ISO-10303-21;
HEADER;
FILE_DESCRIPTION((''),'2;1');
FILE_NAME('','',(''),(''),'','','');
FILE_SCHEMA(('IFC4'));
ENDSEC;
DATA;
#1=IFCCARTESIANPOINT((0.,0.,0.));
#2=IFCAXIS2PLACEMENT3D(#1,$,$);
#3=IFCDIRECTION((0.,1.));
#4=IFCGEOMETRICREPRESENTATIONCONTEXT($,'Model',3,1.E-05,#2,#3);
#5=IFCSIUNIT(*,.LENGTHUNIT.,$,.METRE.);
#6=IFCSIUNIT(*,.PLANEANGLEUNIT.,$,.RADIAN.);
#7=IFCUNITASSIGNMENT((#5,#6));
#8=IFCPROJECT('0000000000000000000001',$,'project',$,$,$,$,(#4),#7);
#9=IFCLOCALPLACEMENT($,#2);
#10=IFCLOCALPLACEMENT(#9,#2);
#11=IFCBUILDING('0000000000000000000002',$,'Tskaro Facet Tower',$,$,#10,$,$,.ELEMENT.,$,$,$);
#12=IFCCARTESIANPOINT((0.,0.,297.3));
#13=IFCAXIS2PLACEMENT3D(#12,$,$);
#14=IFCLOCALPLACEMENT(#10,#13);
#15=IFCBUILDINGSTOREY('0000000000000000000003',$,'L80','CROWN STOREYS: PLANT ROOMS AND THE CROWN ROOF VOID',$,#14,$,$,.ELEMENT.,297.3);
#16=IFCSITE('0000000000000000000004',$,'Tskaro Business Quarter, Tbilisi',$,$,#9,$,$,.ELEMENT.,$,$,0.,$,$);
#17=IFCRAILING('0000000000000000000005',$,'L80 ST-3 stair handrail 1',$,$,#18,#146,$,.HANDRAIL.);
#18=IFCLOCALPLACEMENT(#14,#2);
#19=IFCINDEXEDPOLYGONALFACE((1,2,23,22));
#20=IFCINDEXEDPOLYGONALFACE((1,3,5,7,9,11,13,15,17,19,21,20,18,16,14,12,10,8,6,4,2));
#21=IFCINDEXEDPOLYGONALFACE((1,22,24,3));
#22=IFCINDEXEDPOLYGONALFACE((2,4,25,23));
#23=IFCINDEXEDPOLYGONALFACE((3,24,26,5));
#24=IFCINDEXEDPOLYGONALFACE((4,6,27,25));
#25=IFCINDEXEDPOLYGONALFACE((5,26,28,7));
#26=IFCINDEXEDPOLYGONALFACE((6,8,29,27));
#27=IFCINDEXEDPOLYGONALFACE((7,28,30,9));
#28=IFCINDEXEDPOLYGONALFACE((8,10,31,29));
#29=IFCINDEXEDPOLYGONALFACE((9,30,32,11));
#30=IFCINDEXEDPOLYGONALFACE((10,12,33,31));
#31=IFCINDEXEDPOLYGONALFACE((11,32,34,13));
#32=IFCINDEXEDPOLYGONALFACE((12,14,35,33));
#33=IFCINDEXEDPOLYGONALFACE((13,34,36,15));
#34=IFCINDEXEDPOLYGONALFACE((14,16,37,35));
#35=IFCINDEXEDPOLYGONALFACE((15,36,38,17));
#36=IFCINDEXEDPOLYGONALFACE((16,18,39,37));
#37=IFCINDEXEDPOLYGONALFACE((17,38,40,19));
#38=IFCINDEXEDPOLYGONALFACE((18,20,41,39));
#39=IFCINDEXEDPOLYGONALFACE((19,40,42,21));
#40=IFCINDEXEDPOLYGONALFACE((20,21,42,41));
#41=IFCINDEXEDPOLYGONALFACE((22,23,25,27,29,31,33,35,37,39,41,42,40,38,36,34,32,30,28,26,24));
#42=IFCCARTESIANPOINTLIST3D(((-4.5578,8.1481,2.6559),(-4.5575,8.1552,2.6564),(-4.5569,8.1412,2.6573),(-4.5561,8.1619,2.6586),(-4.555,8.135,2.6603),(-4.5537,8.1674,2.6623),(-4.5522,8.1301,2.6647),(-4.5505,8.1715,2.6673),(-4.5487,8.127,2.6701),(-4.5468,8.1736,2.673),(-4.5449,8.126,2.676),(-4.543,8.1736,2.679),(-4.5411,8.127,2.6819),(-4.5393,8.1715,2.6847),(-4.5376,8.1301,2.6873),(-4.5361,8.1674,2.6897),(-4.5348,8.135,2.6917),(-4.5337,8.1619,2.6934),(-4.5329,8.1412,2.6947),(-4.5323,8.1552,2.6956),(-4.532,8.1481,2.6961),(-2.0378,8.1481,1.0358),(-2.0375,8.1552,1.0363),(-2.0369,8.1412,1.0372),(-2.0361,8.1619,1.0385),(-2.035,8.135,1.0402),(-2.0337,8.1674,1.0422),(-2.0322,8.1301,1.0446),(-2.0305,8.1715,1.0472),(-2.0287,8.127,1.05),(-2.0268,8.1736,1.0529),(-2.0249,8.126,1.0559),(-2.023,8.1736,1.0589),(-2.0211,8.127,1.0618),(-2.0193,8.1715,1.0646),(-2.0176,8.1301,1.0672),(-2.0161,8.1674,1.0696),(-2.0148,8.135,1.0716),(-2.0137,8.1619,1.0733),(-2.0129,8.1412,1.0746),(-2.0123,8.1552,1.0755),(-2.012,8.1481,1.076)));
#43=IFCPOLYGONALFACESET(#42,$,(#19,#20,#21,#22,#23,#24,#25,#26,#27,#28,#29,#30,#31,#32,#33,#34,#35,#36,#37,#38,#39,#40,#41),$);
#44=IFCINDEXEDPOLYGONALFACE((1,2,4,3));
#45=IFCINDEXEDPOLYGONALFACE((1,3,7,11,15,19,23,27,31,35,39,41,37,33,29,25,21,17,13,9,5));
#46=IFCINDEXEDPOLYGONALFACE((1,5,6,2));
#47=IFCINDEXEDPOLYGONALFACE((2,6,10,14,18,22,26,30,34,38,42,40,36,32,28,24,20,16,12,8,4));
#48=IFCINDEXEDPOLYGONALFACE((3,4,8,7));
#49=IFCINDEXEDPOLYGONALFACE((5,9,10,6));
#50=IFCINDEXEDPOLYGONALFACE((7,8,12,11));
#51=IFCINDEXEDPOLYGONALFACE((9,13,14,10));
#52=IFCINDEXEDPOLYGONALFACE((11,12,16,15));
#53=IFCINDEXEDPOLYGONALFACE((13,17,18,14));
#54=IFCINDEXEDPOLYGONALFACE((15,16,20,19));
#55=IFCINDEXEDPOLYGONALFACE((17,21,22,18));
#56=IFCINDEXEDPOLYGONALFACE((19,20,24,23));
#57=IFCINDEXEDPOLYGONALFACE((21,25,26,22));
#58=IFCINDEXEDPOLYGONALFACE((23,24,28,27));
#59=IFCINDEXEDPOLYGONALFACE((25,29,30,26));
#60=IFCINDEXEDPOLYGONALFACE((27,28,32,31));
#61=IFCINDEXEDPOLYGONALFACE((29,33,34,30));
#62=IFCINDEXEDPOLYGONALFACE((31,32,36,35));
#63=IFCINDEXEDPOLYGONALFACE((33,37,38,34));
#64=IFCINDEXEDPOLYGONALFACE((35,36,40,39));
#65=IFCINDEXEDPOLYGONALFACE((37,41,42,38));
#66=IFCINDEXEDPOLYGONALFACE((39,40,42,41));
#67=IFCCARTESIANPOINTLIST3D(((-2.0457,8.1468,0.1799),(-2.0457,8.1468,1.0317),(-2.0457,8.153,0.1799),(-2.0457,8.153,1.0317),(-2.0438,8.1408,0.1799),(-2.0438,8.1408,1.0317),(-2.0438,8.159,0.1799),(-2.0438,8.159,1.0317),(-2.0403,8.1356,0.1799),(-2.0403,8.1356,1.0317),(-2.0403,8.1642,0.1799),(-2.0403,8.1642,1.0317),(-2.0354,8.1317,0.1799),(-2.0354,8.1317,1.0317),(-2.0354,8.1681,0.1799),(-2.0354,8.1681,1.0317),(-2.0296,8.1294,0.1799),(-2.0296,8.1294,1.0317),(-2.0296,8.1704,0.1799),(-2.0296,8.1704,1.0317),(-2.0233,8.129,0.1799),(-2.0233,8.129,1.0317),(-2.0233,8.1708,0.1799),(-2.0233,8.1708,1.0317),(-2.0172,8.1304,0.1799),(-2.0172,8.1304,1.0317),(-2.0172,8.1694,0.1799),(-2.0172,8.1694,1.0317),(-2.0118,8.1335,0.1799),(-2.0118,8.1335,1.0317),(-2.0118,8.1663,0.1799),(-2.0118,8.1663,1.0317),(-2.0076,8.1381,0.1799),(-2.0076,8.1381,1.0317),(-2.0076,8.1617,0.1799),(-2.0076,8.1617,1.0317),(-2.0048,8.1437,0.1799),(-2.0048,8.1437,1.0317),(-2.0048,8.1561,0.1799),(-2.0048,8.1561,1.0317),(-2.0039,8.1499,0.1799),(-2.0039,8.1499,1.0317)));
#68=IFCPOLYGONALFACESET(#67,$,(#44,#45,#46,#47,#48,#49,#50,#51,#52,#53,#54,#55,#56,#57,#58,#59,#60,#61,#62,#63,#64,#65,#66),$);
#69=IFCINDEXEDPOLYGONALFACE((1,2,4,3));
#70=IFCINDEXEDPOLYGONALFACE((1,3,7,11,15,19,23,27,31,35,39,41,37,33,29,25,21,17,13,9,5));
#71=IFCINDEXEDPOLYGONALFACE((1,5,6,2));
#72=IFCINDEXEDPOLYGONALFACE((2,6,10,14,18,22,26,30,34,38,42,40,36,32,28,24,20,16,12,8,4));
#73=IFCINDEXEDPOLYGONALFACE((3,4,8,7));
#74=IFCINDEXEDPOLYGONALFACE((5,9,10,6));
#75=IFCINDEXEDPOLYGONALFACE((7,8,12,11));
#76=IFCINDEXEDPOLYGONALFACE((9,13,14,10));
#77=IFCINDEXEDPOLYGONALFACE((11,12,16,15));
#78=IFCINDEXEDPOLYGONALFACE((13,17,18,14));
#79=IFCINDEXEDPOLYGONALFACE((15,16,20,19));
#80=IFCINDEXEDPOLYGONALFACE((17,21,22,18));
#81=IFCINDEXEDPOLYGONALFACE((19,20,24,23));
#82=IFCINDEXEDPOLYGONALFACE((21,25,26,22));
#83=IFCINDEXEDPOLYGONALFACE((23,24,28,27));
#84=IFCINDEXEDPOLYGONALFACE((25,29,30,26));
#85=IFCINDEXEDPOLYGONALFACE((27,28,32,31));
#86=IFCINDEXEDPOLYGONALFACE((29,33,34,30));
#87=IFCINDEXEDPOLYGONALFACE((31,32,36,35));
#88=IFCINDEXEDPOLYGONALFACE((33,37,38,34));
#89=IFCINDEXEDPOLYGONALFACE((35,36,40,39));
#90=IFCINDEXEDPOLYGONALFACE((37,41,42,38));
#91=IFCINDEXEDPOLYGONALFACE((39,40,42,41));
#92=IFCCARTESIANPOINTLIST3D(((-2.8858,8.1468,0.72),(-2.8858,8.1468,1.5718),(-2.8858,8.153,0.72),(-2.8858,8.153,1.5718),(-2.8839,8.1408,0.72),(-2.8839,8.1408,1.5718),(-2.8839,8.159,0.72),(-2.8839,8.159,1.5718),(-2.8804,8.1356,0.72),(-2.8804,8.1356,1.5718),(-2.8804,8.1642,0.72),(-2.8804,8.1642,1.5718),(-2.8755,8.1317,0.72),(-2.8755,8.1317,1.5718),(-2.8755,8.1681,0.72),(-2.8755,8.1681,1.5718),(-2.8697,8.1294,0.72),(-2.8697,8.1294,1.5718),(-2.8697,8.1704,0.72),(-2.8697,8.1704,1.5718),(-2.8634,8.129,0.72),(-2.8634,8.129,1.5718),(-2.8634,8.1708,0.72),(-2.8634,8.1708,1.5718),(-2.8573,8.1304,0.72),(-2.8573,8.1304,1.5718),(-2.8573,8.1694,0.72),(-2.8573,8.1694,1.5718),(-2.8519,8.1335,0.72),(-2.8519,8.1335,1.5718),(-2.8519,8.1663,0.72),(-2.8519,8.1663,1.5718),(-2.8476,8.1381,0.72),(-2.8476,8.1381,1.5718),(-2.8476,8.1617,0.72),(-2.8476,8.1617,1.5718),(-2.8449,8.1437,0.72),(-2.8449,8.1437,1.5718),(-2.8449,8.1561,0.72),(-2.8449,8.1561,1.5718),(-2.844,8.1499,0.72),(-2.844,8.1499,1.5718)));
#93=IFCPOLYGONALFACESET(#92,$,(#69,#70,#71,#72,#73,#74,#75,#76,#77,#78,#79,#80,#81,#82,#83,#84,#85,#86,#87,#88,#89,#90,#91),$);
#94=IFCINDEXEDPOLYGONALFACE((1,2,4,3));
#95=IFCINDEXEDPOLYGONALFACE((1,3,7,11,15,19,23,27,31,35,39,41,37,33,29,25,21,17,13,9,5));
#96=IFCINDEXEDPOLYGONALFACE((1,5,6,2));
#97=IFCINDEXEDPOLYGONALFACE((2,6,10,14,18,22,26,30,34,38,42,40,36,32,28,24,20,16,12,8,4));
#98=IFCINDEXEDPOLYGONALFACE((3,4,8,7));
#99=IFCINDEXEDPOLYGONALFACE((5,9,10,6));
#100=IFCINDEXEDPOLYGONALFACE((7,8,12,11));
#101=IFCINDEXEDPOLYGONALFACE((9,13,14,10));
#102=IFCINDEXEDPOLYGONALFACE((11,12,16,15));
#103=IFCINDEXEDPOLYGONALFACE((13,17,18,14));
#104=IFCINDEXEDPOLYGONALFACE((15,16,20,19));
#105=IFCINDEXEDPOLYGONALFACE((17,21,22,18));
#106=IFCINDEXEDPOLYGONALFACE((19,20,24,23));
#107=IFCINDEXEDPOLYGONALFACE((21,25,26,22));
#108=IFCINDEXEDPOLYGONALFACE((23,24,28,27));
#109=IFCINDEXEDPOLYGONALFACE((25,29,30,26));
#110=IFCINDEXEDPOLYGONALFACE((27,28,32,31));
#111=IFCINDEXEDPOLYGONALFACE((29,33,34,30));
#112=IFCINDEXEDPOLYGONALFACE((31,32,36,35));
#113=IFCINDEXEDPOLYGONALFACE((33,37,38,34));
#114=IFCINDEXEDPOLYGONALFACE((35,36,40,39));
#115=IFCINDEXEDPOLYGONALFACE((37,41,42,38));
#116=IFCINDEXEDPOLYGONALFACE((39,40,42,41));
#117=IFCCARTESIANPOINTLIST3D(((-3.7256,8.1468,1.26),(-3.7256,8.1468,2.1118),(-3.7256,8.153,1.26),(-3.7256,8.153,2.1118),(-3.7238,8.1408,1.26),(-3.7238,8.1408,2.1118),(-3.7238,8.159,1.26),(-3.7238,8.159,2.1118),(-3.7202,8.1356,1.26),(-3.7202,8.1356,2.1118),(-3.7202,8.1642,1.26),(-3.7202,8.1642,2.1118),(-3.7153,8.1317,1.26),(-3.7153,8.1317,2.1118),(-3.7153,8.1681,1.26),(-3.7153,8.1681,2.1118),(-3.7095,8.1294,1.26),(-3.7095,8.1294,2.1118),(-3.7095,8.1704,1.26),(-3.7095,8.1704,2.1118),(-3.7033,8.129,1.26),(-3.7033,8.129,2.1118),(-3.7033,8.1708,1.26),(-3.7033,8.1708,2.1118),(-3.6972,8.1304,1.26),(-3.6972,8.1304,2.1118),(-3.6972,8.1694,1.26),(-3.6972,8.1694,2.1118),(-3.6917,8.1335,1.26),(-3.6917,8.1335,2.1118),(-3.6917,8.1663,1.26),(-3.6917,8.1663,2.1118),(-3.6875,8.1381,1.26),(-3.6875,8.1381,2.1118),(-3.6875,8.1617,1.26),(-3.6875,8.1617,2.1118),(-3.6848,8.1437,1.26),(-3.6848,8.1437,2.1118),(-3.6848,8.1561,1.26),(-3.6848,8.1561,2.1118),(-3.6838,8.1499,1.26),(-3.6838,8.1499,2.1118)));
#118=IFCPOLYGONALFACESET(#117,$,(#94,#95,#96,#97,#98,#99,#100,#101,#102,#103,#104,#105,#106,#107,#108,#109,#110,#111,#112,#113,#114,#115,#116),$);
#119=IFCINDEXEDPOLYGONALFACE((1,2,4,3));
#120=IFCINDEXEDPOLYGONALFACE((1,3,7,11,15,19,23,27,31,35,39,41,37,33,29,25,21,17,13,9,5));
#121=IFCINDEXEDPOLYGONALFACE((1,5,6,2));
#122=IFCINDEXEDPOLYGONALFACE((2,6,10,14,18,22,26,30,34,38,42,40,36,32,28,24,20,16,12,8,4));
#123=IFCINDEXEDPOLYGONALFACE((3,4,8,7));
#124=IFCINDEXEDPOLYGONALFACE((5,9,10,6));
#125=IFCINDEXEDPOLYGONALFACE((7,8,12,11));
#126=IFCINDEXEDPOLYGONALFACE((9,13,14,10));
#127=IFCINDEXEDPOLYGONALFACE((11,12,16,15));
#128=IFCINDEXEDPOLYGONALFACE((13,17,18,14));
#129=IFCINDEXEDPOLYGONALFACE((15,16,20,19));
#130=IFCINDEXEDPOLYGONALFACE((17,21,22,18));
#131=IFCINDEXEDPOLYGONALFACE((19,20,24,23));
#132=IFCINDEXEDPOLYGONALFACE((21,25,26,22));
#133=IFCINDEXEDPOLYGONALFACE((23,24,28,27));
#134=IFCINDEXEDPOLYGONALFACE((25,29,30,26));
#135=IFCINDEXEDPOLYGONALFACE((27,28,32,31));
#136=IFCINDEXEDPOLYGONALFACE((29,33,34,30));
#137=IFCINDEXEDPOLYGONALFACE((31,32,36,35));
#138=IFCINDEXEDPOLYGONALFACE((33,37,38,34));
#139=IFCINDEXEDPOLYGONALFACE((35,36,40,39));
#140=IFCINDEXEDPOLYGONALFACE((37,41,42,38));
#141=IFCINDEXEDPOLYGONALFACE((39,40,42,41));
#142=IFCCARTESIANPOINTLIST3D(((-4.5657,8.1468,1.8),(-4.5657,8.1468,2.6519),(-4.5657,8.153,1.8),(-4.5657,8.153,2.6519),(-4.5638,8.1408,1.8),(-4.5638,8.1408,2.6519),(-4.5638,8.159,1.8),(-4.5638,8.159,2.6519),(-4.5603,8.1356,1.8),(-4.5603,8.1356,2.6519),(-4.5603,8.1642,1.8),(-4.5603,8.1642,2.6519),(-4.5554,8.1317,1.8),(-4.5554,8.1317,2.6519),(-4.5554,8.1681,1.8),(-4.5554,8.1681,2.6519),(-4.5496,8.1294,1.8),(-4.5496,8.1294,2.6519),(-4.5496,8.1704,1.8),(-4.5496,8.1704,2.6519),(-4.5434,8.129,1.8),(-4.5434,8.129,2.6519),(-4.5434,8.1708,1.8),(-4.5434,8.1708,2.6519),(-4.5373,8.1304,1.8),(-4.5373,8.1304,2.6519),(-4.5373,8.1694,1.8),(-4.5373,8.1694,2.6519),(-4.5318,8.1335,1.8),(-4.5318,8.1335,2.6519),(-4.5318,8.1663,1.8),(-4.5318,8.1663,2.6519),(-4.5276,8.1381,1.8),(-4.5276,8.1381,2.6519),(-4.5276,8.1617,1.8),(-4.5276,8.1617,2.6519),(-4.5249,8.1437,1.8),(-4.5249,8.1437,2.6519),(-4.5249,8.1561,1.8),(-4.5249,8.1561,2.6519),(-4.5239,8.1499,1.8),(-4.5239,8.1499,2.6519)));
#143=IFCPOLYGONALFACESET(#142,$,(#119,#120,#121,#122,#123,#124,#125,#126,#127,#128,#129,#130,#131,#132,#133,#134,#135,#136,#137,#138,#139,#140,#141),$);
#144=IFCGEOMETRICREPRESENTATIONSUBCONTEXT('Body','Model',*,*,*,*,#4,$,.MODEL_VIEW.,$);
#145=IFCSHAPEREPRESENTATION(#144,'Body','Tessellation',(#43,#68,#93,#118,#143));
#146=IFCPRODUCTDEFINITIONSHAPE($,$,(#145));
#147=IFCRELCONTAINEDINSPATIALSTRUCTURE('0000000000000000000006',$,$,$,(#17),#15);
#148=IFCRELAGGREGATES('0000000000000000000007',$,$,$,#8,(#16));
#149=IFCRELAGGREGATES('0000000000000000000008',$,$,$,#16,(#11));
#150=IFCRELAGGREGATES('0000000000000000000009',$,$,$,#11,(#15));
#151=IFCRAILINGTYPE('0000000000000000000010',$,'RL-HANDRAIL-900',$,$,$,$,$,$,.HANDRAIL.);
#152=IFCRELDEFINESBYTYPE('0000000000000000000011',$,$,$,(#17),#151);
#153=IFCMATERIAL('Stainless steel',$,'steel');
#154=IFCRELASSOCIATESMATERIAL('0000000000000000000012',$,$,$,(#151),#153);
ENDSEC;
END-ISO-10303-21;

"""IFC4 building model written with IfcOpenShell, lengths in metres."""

from ifc_helpers import new_model, si_unit, direction, frame, origin, origin_2d, place, context, subcontext, project, spatial, circle, extrude, material, type_object, element, save


model = new_model("IFC4")

# Units and contexts
model_context = context("Model", 3, precision=1e-05, world=origin(), true_north=direction((0.0, 1.0)))
body_context = subcontext(model_context, "Body", "Model", "MODEL_VIEW")
ifc_project = project(units=[si_unit("LENGTHUNIT", "METRE"), si_unit("PLANEANGLEUNIT", "RADIAN")], contexts=[model_context])

# Site, building, storey
site_placement = place(None, origin())
site = spatial("IfcSite", under=ifc_project, at=site_placement, Name="Tskaro Business Quarter, Tbilisi", CompositionType="ELEMENT", RefElevation=0.0)
building_placement = place(site_placement, origin())
building = spatial("IfcBuilding", under=site, at=building_placement, Name="Tskaro Facet Tower", CompositionType="ELEMENT")
storey_placement = place(building_placement, frame((0.0, 0.0, 297.3)))
storey = spatial("IfcBuildingStorey", under=building, at=storey_placement, Name="L80", Description="CROWN STOREYS: PLANT ROOMS AND THE CROWN ROOF VOID", CompositionType="ELEMENT", Elevation=297.3)

# Railing
ifc_material_1 = material(Name="Stainless steel", Category="steel")
railing_type_1 = type_object("IfcRailingType", Name="RL-HANDRAIL-900", PredefinedType="HANDRAIL", material=ifc_material_1)
railing_1_placement = place(storey_placement, frame((-2.0249, 8.1499, 0.1799)))
element("IfcRailing", 1, at=railing_1_placement, inside=storey, type_object=railing_type_1, Name="L80 ST-3 stair handrail 1", PredefinedType="HANDRAIL", context=body_context, shape_type="SweptSolid", body=[
    extrude(circle(Radius=0.0239, at=origin_2d()), frame((0.0, 0.0, 0.876), z_axis=(-0.841163, 0.0, 0.540782), x_axis=(0.0, -1.0, 0.0)), (0.0, 0.0, 1.0), 2.9958),
    extrude(circle(Radius=0.021, at=origin_2d()), origin(), (0.0, 0.0, 1.0), 0.8518),
    extrude(circle(Radius=0.021, at=origin_2d()), frame((-0.8401, 0.0, 0.54)), (0.0, 0.0, 1.0), 0.8518),
    extrude(circle(Radius=0.021, at=origin_2d()), frame((-1.6799, 0.0, 1.0801)), (0.0, 0.0, 1.0), 0.8518),
    extrude(circle(Radius=0.021, at=origin_2d()), frame((-2.52, 0.0, 1.6201)), (0.0, 0.0, 1.0), 0.8518),
])

save(model, "model.ifc")
